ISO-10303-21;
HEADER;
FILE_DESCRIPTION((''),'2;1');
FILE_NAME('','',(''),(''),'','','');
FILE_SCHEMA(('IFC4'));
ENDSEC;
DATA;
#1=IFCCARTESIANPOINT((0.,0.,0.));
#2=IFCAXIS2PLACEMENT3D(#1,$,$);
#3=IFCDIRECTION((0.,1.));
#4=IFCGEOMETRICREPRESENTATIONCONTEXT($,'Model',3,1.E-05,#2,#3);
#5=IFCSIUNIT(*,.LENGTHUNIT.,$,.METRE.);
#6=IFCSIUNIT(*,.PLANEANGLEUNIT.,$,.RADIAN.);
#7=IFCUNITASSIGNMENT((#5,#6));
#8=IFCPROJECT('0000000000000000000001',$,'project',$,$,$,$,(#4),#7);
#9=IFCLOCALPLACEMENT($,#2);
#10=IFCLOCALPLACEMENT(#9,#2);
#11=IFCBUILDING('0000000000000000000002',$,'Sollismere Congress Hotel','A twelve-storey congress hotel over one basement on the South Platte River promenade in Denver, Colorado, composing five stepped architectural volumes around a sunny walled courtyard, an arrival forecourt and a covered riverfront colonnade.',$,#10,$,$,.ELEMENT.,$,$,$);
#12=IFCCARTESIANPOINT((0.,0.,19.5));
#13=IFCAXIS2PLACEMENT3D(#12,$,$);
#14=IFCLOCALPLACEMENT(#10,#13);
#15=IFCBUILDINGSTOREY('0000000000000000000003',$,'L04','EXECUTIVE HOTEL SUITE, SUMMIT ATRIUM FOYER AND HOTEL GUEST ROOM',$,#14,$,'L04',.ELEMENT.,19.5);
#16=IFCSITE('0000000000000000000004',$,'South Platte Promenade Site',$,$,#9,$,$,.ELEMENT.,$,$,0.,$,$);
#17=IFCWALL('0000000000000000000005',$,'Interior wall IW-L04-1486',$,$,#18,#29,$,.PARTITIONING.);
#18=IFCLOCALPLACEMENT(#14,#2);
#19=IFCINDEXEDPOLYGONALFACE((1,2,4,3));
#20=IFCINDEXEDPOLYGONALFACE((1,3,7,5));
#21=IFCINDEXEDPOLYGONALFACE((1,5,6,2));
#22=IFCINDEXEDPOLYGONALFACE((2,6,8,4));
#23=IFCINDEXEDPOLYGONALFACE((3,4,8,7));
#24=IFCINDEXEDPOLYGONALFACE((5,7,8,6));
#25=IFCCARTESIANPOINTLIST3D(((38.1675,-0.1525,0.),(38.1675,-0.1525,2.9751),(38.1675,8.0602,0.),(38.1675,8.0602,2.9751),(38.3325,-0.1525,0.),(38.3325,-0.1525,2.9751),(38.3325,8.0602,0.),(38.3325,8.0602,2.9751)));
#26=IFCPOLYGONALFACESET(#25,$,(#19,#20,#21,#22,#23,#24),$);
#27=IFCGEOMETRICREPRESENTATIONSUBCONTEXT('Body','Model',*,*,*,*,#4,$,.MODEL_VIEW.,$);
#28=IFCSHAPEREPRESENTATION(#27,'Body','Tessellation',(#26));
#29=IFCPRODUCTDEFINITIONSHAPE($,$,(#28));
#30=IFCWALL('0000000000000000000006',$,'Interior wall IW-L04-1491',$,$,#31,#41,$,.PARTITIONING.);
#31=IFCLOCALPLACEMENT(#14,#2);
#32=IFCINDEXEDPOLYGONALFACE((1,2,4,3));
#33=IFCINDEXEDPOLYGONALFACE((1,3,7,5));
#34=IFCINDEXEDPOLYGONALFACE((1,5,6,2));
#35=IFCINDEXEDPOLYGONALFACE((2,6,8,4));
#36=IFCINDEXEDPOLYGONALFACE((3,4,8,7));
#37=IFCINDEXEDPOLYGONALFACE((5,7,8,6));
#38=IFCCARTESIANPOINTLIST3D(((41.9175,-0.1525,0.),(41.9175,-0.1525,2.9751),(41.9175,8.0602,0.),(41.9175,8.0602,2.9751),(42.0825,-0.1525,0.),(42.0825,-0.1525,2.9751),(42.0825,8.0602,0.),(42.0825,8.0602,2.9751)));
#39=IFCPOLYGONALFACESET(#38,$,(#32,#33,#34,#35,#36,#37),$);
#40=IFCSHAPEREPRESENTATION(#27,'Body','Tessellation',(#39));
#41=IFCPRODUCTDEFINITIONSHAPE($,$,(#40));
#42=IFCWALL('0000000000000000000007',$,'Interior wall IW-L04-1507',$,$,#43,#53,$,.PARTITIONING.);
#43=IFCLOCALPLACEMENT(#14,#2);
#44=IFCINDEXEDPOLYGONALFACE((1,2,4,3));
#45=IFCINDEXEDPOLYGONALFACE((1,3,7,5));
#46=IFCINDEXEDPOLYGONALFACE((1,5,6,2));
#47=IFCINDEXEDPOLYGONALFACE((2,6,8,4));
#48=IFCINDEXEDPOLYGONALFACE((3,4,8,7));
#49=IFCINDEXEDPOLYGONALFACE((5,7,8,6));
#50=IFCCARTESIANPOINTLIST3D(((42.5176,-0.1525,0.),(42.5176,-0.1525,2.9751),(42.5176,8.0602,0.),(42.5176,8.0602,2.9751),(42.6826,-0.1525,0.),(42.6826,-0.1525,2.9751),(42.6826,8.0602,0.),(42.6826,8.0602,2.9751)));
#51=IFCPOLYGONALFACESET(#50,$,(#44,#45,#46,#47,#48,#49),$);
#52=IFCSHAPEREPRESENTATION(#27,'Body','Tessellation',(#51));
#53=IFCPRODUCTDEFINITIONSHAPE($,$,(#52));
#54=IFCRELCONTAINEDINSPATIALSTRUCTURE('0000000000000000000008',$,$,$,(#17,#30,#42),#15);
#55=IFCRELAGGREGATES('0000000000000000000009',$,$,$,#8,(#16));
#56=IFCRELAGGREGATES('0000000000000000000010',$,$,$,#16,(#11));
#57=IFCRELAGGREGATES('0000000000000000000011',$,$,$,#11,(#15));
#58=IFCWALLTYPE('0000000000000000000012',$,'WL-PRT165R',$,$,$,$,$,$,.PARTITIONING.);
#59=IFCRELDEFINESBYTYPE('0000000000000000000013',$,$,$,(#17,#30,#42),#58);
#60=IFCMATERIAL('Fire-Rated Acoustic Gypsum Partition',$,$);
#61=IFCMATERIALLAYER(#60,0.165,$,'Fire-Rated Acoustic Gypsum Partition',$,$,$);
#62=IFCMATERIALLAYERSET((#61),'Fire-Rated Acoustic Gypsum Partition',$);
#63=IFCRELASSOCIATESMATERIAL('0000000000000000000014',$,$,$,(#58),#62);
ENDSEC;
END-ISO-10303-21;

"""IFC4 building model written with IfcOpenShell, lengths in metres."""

from ifc_helpers import new_model, si_unit, direction, frame, frame_2d, origin, place, context, subcontext, project, spatial, rectangle, extrude, material, layer, layer_set, type_object, element, save


model = new_model("IFC4")

# Units and contexts
model_context = context("Model", 3, precision=1e-05, world=origin(), true_north=direction((0.0, 1.0)))
body_context = subcontext(model_context, "Body", "Model", "MODEL_VIEW")
ifc_project = project(units=[si_unit("LENGTHUNIT", "METRE"), si_unit("PLANEANGLEUNIT", "RADIAN")], contexts=[model_context])

# Site, building, storey
site_placement = place(None, origin())
site = spatial("IfcSite", under=ifc_project, at=site_placement, Name="South Platte Promenade Site", CompositionType="ELEMENT", RefElevation=0.0)
building_placement = place(site_placement, origin())
building = spatial("IfcBuilding", under=site, at=building_placement, Name="Sollismere Congress Hotel", Description="A twelve-storey congress hotel over one basement on the South Platte River promenade in Denver, Colorado, composing five stepped architectural volumes around a sunny walled courtyard, an arrival forecourt and a covered riverfront colonnade.", CompositionType="ELEMENT")
storey_placement = place(building_placement, frame((0.0, 0.0, 19.5)))
storey = spatial("IfcBuildingStorey", under=building, at=storey_placement, Name="L04", Description="EXECUTIVE HOTEL SUITE, SUMMIT ATRIUM FOYER AND HOTEL GUEST ROOM", LongName="L04", CompositionType="ELEMENT", Elevation=19.5)

# Walls
ifc_material_1 = material(Name="Fire-Rated Acoustic Gypsum Partition")
ifc_layer_1 = layer(ifc_material_1, 0.165, Name="Fire-Rated Acoustic Gypsum Partition")
ifc_layer_set_1 = layer_set([ifc_layer_1], Name="Fire-Rated Acoustic Gypsum Partition")
wall_type_1 = type_object("IfcWallType", Name="WL-PRT165R", PredefinedType="PARTITIONING", material=ifc_layer_set_1)
for number, where, z_axis, x_axis, name in (
    (1, (38.25, -0.1526, 0.0), (0.0, 0.0, 1.0), (0.0, 1.0, 0.0), "Interior wall IW-L04-1486"),
    (2, (42.0, -0.1526, 0.0), (0.0, 0.0, 1.0), (0.0, 1.0, 0.0), "Interior wall IW-L04-1491"),
    (3, (42.6001, -0.1526, 0.0), (0.0, 0.0, 1.0), (0.0, 1.0, 0.0), "Interior wall IW-L04-1507"),
):
    element("IfcWall", number, at=place(storey_placement, frame(where, z_axis=z_axis, x_axis=x_axis)), inside=storey, type_object=wall_type_1, Name=name, PredefinedType="PARTITIONING", context=body_context, shape_type="SweptSolid", body=[
        extrude(rectangle(XDim=8.2126, YDim=0.165, at=frame_2d((4.1064, 0.0))), origin(), (0.0, 0.0, 1.0), 2.9751),
    ])

save(model, "model.ifc")
